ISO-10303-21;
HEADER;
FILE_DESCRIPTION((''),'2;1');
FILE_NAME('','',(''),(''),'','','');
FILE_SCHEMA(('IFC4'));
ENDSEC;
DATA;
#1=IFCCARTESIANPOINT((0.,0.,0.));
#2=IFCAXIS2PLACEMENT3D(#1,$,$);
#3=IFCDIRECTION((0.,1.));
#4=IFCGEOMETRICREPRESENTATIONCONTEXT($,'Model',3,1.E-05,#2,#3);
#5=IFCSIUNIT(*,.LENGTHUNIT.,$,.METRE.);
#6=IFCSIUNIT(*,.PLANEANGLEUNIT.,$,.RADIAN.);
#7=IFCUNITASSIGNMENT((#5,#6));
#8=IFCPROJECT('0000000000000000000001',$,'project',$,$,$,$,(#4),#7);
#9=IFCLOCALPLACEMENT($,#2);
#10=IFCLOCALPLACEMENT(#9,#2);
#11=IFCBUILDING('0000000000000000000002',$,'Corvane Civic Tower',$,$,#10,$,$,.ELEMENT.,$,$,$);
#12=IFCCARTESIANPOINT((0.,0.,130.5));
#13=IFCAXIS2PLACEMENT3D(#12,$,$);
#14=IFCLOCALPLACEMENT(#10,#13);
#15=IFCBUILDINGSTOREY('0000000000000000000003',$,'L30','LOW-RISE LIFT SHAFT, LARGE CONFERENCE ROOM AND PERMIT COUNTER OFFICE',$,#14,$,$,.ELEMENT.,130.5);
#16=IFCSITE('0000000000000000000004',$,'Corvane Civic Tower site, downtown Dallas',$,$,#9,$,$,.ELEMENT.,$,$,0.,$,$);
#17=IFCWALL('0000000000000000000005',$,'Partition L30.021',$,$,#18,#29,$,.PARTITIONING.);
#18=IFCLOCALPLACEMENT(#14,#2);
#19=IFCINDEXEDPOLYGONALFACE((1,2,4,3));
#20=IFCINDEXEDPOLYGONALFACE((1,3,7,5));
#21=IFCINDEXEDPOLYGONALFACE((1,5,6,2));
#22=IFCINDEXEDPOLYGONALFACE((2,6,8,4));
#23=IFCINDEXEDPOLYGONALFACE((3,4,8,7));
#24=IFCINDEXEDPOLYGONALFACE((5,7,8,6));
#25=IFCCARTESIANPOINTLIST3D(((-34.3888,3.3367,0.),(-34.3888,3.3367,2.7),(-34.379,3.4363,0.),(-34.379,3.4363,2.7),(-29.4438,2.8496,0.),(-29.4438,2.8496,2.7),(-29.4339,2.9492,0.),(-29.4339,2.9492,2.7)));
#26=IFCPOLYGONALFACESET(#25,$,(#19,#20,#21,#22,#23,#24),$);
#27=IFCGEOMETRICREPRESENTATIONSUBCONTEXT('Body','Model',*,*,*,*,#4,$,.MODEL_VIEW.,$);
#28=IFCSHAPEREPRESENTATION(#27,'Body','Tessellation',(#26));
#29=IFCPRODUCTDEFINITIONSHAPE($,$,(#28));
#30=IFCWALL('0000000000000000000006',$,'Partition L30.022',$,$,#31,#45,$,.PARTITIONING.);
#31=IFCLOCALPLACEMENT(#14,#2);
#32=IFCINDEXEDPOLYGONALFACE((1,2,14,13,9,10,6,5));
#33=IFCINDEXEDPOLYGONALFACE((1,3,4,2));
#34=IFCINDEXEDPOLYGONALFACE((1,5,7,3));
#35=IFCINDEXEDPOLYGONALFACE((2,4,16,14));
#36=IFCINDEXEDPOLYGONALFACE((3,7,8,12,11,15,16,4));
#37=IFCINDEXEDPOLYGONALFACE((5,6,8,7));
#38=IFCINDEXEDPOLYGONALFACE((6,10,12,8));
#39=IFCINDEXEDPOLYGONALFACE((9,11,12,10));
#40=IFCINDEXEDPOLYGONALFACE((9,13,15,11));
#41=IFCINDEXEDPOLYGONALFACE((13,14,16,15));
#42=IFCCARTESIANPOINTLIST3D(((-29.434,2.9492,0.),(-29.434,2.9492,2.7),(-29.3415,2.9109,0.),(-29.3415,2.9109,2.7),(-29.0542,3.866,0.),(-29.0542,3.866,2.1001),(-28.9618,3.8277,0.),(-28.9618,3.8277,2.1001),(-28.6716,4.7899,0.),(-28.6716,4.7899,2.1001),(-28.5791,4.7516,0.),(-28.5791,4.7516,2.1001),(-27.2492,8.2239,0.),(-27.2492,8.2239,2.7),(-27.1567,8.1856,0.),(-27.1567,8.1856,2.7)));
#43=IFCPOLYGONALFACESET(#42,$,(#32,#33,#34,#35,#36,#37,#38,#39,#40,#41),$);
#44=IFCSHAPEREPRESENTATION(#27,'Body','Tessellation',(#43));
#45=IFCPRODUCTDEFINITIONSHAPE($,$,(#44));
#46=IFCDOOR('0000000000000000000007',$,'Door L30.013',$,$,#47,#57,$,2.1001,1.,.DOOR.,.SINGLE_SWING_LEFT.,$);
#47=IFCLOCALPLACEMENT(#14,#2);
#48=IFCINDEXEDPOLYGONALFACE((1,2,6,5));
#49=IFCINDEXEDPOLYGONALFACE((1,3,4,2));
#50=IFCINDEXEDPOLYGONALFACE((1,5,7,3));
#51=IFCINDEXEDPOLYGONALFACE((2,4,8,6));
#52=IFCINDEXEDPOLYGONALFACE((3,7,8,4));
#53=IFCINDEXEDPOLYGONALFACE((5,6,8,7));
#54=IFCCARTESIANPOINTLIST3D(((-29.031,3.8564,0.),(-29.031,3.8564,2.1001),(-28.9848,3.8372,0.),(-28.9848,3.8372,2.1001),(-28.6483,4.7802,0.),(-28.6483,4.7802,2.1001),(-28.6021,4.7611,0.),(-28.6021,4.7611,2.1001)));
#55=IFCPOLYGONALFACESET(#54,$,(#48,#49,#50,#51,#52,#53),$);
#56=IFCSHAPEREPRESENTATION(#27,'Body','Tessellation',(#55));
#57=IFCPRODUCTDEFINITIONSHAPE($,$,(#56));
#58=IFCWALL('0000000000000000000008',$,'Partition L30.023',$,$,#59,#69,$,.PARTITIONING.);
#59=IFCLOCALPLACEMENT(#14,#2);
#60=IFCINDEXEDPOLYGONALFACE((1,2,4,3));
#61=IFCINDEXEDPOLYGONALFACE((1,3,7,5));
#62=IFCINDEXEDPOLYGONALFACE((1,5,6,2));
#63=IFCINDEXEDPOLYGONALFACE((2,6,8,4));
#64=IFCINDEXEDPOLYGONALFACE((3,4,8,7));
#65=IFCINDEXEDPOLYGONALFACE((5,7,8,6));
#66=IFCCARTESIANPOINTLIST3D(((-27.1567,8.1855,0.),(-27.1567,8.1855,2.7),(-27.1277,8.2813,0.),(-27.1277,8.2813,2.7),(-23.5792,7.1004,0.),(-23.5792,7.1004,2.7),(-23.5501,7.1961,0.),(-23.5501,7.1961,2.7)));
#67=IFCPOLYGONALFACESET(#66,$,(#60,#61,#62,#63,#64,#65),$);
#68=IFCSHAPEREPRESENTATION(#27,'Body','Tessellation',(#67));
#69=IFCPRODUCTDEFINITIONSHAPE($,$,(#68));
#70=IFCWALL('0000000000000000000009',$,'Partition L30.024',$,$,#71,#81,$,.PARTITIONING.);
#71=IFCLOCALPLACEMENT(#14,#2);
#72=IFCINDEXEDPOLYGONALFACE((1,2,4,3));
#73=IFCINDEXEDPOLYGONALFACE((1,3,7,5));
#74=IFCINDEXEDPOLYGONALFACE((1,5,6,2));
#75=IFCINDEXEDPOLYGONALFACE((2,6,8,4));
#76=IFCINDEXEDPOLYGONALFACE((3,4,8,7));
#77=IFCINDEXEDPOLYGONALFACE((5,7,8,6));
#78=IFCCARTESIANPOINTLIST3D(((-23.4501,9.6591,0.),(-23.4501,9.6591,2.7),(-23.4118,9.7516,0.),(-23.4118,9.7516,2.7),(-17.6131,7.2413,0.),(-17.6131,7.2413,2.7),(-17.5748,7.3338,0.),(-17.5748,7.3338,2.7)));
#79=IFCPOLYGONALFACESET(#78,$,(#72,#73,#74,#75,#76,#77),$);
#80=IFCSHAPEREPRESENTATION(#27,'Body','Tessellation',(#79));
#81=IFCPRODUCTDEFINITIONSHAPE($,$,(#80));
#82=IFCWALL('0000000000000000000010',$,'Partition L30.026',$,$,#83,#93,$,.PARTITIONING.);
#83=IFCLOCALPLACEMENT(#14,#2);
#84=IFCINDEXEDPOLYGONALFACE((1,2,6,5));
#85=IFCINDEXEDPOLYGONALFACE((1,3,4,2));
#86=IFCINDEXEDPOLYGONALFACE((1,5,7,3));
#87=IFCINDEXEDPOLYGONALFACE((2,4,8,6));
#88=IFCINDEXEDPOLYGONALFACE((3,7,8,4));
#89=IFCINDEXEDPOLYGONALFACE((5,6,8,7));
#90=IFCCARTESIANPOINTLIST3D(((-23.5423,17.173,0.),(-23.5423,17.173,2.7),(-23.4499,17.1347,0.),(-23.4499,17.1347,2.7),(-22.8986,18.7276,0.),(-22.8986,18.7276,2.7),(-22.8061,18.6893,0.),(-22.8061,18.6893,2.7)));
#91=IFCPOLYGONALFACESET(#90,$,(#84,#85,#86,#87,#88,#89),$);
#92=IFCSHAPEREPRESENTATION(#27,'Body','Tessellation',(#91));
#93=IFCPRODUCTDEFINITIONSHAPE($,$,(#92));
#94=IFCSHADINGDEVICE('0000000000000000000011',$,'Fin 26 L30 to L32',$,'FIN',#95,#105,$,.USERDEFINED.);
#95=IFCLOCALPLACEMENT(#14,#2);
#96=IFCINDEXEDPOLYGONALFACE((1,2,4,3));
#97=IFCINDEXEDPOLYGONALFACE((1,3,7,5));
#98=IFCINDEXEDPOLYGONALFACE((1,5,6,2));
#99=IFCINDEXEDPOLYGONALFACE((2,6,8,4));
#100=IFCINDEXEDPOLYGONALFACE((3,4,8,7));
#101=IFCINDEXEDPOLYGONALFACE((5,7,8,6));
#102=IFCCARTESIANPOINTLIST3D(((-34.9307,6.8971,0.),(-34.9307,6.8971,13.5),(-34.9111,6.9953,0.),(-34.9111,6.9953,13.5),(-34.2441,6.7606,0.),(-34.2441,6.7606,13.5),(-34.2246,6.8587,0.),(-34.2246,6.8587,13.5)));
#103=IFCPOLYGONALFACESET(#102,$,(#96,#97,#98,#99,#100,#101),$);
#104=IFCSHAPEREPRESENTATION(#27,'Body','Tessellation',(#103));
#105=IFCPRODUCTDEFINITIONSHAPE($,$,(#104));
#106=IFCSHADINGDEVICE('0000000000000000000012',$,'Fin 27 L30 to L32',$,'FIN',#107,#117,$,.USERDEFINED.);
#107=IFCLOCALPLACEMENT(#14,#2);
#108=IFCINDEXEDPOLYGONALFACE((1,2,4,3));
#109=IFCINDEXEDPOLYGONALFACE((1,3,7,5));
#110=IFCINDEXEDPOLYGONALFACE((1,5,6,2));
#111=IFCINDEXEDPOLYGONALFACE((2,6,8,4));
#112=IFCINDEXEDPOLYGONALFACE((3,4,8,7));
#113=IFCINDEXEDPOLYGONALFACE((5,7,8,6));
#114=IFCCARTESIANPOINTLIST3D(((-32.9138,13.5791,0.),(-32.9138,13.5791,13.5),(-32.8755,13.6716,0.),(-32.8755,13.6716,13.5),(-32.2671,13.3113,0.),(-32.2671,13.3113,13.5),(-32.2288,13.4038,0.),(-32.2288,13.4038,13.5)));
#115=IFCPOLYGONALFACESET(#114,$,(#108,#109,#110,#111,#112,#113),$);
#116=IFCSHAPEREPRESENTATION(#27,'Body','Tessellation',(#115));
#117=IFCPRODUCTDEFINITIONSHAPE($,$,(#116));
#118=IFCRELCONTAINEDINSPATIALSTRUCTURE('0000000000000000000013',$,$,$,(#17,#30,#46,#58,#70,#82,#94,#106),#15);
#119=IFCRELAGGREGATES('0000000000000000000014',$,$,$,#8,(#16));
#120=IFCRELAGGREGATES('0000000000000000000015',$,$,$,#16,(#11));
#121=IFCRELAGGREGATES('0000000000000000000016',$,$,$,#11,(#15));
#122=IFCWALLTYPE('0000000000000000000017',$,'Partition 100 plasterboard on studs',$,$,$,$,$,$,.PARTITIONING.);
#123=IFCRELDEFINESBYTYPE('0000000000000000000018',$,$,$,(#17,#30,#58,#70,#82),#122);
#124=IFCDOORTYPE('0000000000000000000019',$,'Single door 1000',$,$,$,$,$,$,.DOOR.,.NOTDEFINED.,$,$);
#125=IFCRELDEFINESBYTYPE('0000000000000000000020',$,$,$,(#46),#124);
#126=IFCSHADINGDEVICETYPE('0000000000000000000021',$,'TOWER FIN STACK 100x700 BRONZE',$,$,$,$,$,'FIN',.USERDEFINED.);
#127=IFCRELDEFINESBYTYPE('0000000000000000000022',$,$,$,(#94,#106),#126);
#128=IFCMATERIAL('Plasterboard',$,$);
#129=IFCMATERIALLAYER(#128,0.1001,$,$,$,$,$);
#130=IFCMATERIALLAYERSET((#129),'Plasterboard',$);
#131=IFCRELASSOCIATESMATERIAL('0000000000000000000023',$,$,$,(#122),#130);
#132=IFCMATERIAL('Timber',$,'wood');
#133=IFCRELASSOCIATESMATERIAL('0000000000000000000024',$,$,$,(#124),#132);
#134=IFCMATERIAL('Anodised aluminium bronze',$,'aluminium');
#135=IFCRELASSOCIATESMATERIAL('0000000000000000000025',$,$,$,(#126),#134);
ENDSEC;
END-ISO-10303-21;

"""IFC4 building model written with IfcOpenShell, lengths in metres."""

from ifc_helpers import new_model, si_unit, direction, frame, frame_2d, origin, origin_2d, place, context, subcontext, project, spatial, rectangle, extrude, material, layer, layer_set, material_profile, profile_set, type_object, element, fill, save


model = new_model("IFC4")

# Units and contexts
model_context = context("Model", 3, precision=1e-05, world=origin(), true_north=direction((0.0, 1.0)))
body_context = subcontext(model_context, "Body", "Model", "MODEL_VIEW")
ifc_project = project(units=[si_unit("LENGTHUNIT", "METRE"), si_unit("PLANEANGLEUNIT", "RADIAN")], contexts=[model_context])

# Site, building, storey
site_placement = place(None, origin())
site = spatial("IfcSite", under=ifc_project, at=site_placement, Name="Corvane Civic Tower site, downtown Dallas", CompositionType="ELEMENT", RefElevation=0.0)
building_placement = place(site_placement, origin())
building = spatial("IfcBuilding", under=site, at=building_placement, Name="Corvane Civic Tower", CompositionType="ELEMENT")
storey_placement = place(building_placement, frame((0.0, 0.0, 130.5)))
storey = spatial("IfcBuildingStorey", under=building, at=storey_placement, Name="L30", Description="LOW-RISE LIFT SHAFT, LARGE CONFERENCE ROOM AND PERMIT COUNTER OFFICE", CompositionType="ELEMENT", Elevation=130.5)

# Shared definitions
ifc_material_1 = material(Name="Plasterboard")
ifc_layer_1 = layer(ifc_material_1, 0.1001)
ifc_layer_set_1 = layer_set([ifc_layer_1], Name="Plasterboard")
wall_type = type_object("IfcWallType", Name="Partition 100 plasterboard on studs", PredefinedType="PARTITIONING", material=ifc_layer_set_1)
ifc_material_2 = material(Name="Timber", Category="wood")
door_type = type_object("IfcDoorType", Name="Single door 1000", OperationType="NOTDEFINED", PredefinedType="DOOR", material=ifc_material_2)

# Wall
wall_1_placement = place(storey_placement, frame((-34.3838, 3.3865, 0.0), z_axis=(0.0, 0.0, 1.0), x_axis=(0.995184, -0.09802, 0.0)))
element("IfcWall", 1, at=wall_1_placement, inside=storey, type_object=wall_type, Name="Partition L30.021", PredefinedType="PARTITIONING", context=body_context, shape_type="SweptSolid", body=[
    extrude(rectangle(XDim=4.969, YDim=0.1001, at=frame_2d((2.4844, 0.0))), origin(), (0.0, 0.0, 1.0), 2.7),
])

# Wall, opening, door
wall_2_placement = place(storey_placement, frame((-29.3877, 2.9302, 0.0), z_axis=(0.0, 0.0, 1.0), x_axis=(0.38268, 0.923881, 0.0)))
wall_2 = element("IfcWall", 2, at=wall_2_placement, inside=storey, type_object=wall_type, Name="Partition L30.022", PredefinedType="PARTITIONING", context=body_context, shape_type="SweptSolid", body=[
    extrude(rectangle(XDim=5.7092, YDim=0.1001, at=frame_2d((2.8545, 0.0))), origin(), (0.0, 0.0, 1.0), 2.7),
])
opening_1_placement = place(wall_2_placement, frame((0.9922, 0.0, 0.0)))
opening_1 = element("IfcOpeningElement", 3, at=opening_1_placement, cuts=wall_2, PredefinedType="OPENING", context=body_context, shape_type="SweptSolid", body=[
    extrude(rectangle(XDim=1.0, YDim=2.1001, at=frame_2d((0.5, 1.05))), frame((0.0, 0.0601, 0.0), z_axis=(0.0, -1.0, 0.0), x_axis=(1.0, 0.0, 0.0)), (0.0, 0.0, 1.0), 0.1201),
])
door_1_placement = place(opening_1_placement, origin())
door_1 = element("IfcDoor", 4, at=door_1_placement, inside=storey, type_object=door_type, Name="Door L30.013", OperationType="SINGLE_SWING_LEFT", OverallHeight=2.1001, OverallWidth=1.0, PredefinedType="DOOR", context=body_context, shape_type="SweptSolid", body=[
    extrude(rectangle(XDim=1.0, YDim=2.1001, at=frame_2d((0.5, 1.05))), frame((0.0, 0.0249, 0.0), z_axis=(0.0, -1.0, 0.0), x_axis=(1.0, 0.0, 0.0)), (0.0, 0.0, 1.0), 0.05),
])
fill(opening_1, door_1)

# Walls
wall_3_placement = place(storey_placement, frame((-27.1421, 8.2334, 0.0), z_axis=(0.0, 0.0, 1.0), x_axis=(0.956945, -0.29027, 0.0)))
element("IfcWall", 5, at=wall_3_placement, inside=storey, type_object=wall_type, Name="Partition L30.023", PredefinedType="PARTITIONING", context=body_context, shape_type="SweptSolid", body=[
    extrude(rectangle(XDim=3.7385, YDim=0.1001, at=frame_2d((1.8691, 0.0))), origin(), (0.0, 0.0, 1.0), 2.7),
])
wall_4_placement = place(storey_placement, frame((-23.4309, 9.7053, 0.0), z_axis=(0.0, 0.0, 1.0), x_axis=(0.92388, -0.382683, 0.0)))
element("IfcWall", 6, at=wall_4_placement, inside=storey, type_object=wall_type, Name="Partition L30.024", PredefinedType="PARTITIONING", context=body_context, shape_type="SweptSolid", body=[
    extrude(rectangle(XDim=6.3179, YDim=0.1001, at=frame_2d((3.1589, 0.0))), origin(), (0.0, 0.0, 1.0), 2.7),
])
wall_5_placement = place(storey_placement, frame((-23.4961, 17.1538, 0.0), z_axis=(0.0, 0.0, 1.0), x_axis=(0.382595, 0.923916, 0.0)))
element("IfcWall", 7, at=wall_5_placement, inside=storey, type_object=wall_type, Name="Partition L30.026", PredefinedType="PARTITIONING", context=body_context, shape_type="SweptSolid", body=[
    extrude(rectangle(XDim=1.6826, YDim=0.1001, at=frame_2d((0.8413, 0.0))), origin(), (0.0, 0.0, 1.0), 2.7),
])

# Shading devices
ifc_material_3 = material(Name="Anodised aluminium bronze", Category="aluminium")
ifc_material_profile_1 = material_profile(ifc_material_3, rectangle(XDim=0.1001, YDim=0.7, at=origin_2d()), Name="TOWER FIN STACK 100x700 BRONZE")
ifc_profile_set_1 = profile_set([ifc_material_profile_1], Name="Anodised aluminium bronze")
shading_device_type = type_object("IfcShadingDeviceType", Name="TOWER FIN STACK 100x700 BRONZE", ElementType="FIN", PredefinedType="USERDEFINED", material=ifc_profile_set_1)
for number, where, z_axis, x_axis, name in (
    (8, (-34.5776, 6.8779, 0.0), (0.0, 0.0, 1.0), (0.19509, 0.980785, 0.0), "Fin 26 L30 to L32"),
    (9, (-32.5713, 13.4915, 0.0), (0.0, 0.0, 1.0), (0.382683, 0.92388, 0.0), "Fin 27 L30 to L32"),
):
    element("IfcShadingDevice", number, at=place(storey_placement, frame(where, z_axis=z_axis, x_axis=x_axis)), inside=storey, type_object=shading_device_type, Name=name, ObjectType="FIN", PredefinedType="USERDEFINED", context=body_context, shape_type="SweptSolid", body=[
        extrude(rectangle(XDim=0.1001, YDim=0.7, at=origin_2d()), origin(), (0.0, 0.0, 1.0), 13.5),
    ])

save(model, "model.ifc")
